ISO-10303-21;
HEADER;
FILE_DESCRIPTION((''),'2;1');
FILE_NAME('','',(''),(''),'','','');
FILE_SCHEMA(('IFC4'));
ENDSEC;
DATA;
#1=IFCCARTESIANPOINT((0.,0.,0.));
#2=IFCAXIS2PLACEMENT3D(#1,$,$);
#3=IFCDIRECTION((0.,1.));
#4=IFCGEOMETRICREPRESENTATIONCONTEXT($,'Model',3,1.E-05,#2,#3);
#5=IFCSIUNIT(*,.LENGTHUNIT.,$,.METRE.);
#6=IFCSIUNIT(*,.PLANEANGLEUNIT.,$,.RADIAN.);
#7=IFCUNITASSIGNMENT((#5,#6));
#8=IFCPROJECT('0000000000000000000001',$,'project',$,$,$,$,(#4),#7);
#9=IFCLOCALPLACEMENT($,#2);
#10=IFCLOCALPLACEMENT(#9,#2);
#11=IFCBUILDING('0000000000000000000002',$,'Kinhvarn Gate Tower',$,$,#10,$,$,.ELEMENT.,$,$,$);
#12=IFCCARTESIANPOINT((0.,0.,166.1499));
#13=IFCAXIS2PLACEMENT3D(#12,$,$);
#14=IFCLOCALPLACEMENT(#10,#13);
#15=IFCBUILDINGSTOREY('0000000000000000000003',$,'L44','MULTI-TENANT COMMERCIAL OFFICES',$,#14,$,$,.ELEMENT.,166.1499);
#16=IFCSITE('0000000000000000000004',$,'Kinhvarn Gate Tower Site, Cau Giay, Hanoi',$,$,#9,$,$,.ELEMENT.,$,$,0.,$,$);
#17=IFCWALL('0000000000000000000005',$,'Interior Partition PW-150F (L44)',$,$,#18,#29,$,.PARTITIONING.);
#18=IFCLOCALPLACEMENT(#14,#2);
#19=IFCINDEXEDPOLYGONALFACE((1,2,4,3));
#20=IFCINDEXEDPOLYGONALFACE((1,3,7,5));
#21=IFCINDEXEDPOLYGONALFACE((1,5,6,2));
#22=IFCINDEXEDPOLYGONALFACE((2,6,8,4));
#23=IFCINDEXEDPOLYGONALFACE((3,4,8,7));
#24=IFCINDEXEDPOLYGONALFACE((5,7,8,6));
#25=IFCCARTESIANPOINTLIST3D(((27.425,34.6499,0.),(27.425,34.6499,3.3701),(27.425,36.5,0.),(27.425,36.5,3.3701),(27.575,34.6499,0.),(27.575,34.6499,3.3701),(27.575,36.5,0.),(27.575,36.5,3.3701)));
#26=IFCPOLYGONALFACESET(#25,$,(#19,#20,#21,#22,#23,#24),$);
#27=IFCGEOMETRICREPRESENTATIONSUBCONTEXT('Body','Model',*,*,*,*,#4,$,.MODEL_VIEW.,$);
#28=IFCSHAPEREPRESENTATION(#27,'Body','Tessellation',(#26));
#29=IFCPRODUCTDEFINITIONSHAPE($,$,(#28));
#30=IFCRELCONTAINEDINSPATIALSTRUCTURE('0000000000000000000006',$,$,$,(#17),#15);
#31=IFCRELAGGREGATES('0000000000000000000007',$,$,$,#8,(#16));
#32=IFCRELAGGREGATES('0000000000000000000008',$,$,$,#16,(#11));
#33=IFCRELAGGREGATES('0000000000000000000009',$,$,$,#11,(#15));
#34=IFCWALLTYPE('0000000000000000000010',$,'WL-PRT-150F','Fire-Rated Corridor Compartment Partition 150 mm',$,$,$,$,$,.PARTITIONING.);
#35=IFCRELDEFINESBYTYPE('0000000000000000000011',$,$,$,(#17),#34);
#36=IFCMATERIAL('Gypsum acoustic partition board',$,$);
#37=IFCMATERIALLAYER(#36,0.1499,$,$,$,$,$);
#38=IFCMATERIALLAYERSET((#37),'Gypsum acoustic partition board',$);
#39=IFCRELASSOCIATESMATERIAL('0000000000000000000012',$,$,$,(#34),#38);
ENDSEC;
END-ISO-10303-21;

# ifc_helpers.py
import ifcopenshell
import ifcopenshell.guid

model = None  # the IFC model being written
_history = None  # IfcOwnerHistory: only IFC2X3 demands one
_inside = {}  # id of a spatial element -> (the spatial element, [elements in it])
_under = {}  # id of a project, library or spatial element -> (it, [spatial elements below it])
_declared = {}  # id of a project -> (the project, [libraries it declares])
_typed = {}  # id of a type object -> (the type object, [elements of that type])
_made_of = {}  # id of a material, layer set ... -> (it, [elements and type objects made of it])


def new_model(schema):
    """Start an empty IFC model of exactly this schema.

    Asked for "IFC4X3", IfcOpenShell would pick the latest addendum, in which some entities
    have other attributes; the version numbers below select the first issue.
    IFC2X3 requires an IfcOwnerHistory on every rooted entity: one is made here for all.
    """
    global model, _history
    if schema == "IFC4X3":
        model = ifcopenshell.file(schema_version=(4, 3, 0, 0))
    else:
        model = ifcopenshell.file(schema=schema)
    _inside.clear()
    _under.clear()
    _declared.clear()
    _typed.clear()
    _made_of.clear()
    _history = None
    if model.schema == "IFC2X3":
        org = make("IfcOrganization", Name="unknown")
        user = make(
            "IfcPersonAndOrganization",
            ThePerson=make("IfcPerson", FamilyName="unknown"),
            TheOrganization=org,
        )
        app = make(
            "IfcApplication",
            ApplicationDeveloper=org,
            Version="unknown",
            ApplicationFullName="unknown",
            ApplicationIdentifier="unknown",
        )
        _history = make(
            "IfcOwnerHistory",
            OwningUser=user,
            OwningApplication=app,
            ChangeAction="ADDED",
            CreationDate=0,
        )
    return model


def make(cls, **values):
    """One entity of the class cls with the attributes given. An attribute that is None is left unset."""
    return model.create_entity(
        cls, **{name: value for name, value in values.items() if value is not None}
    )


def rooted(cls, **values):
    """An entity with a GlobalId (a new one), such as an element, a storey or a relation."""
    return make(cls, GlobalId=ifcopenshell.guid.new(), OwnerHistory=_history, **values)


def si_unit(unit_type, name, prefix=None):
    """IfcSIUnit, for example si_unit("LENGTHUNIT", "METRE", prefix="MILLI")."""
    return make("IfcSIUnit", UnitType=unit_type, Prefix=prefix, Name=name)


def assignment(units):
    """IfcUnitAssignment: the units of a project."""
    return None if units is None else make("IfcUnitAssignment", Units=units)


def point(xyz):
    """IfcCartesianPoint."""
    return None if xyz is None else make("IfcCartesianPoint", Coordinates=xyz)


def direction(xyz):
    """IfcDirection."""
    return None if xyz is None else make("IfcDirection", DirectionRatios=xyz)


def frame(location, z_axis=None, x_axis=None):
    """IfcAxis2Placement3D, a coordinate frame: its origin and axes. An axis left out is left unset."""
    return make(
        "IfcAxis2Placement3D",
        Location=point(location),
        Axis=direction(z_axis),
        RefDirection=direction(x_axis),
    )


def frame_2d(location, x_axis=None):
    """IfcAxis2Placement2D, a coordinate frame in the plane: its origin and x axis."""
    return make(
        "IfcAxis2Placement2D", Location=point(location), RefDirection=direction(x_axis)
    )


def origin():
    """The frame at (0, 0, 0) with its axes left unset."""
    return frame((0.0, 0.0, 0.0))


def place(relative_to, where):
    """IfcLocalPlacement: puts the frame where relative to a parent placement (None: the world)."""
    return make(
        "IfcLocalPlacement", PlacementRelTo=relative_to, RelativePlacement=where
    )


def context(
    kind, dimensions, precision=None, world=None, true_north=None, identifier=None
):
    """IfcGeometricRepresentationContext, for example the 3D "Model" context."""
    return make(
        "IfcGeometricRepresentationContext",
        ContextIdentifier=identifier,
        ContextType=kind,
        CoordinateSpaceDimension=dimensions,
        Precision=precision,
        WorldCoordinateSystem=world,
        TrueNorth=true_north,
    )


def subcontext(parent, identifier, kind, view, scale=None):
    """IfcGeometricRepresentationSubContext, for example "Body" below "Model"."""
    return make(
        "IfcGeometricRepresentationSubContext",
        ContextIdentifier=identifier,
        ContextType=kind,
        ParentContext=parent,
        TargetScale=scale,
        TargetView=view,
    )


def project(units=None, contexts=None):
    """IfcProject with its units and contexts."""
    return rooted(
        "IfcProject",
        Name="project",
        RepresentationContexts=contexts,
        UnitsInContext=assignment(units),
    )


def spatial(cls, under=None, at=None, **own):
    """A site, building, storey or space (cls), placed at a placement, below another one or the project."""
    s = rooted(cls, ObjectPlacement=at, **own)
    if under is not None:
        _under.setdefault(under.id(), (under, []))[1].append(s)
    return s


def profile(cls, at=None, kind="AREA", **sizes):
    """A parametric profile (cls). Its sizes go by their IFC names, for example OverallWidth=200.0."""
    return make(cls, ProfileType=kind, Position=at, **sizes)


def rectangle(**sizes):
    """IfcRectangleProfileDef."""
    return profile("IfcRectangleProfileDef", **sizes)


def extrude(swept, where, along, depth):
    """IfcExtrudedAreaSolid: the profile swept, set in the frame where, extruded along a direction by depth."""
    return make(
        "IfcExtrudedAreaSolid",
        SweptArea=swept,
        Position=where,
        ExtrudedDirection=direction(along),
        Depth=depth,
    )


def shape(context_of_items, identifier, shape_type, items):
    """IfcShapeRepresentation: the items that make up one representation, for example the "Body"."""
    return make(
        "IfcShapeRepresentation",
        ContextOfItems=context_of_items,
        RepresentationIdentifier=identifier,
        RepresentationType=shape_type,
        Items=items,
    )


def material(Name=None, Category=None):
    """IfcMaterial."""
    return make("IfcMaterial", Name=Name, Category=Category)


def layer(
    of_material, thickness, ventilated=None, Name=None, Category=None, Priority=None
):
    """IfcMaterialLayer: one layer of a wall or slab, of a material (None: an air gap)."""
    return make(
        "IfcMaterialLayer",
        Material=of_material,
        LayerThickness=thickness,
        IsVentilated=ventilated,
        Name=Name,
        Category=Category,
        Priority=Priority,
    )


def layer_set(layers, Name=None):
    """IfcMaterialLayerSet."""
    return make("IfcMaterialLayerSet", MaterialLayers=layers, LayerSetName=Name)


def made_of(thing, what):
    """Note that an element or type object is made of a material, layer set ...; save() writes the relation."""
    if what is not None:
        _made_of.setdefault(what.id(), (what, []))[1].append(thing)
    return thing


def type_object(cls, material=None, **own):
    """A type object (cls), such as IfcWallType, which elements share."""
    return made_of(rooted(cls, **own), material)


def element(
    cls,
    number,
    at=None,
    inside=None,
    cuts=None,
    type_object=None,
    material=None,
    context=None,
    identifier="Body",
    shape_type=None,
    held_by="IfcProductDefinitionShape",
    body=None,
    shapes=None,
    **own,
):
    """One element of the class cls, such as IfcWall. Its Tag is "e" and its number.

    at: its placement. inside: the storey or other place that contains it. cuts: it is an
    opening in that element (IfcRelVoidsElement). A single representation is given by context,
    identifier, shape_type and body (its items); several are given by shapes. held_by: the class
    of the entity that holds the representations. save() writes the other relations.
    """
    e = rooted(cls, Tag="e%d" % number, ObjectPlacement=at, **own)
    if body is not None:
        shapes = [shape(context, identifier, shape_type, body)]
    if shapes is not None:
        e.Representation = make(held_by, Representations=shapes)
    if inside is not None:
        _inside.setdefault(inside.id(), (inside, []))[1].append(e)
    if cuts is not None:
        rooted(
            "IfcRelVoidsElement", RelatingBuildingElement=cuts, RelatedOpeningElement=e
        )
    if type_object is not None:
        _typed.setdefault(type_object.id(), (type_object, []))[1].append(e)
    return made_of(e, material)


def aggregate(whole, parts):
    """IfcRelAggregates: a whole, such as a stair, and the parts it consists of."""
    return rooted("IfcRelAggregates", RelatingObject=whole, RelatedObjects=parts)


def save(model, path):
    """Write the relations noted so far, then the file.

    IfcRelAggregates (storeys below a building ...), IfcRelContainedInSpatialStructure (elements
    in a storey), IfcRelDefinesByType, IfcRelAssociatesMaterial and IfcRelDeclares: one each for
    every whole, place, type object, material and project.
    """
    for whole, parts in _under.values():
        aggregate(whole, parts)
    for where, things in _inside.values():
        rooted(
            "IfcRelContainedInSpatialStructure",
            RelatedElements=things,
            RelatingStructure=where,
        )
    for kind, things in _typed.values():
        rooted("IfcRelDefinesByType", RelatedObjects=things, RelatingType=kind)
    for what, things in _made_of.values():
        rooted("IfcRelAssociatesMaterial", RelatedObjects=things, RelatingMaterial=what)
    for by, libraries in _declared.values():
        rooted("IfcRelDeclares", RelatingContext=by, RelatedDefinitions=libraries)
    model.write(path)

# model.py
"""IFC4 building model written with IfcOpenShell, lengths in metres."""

from ifc_helpers import new_model, si_unit, direction, frame, frame_2d, origin, place, context, subcontext, project, spatial, rectangle, extrude, material, layer, layer_set, type_object, element, save


model = new_model("IFC4")

# Units and contexts
model_context = context("Model", 3, precision=1e-05, world=origin(), true_north=direction((0.0, 1.0)))
body_context = subcontext(model_context, "Body", "Model", "MODEL_VIEW")
ifc_project = project(units=[si_unit("LENGTHUNIT", "METRE"), si_unit("PLANEANGLEUNIT", "RADIAN")], contexts=[model_context])

# Site, building, storey
site_placement = place(None, origin())
site = spatial("IfcSite", under=ifc_project, at=site_placement, Name="Kinhvarn Gate Tower Site, Cau Giay, Hanoi", CompositionType="ELEMENT", RefElevation=0.0)
building_placement = place(site_placement, origin())
building = spatial("IfcBuilding", under=site, at=building_placement, Name="Kinhvarn Gate Tower", CompositionType="ELEMENT")
storey_placement = place(building_placement, frame((0.0, 0.0, 166.1499)))
storey = spatial("IfcBuildingStorey", under=building, at=storey_placement, Name="L44", Description="MULTI-TENANT COMMERCIAL OFFICES", CompositionType="ELEMENT", Elevation=166.1499)

# Wall
ifc_material_1 = material(Name="Gypsum acoustic partition board")
ifc_layer_1 = layer(ifc_material_1, 0.1499)
ifc_layer_set_1 = layer_set([ifc_layer_1], Name="Gypsum acoustic partition board")
wall_type_1 = type_object("IfcWallType", Name="WL-PRT-150F", Description="Fire-Rated Corridor Compartment Partition 150 mm", PredefinedType="PARTITIONING", material=ifc_layer_set_1)
wall_1_placement = place(storey_placement, frame((27.5, 34.6499, 0.0), z_axis=(0.0, 0.0, 1.0), x_axis=(0.0, 1.0, 0.0)))
element("IfcWall", 1, at=wall_1_placement, inside=storey, type_object=wall_type_1, Name="Interior Partition PW-150F (L44)", PredefinedType="PARTITIONING", context=body_context, shape_type="SweptSolid", body=[
    extrude(rectangle(XDim=1.8501, YDim=0.1499, at=frame_2d((0.925, 0.0))), origin(), (0.0, 0.0, 1.0), 3.3701),
])

save(model, "model.ifc")
